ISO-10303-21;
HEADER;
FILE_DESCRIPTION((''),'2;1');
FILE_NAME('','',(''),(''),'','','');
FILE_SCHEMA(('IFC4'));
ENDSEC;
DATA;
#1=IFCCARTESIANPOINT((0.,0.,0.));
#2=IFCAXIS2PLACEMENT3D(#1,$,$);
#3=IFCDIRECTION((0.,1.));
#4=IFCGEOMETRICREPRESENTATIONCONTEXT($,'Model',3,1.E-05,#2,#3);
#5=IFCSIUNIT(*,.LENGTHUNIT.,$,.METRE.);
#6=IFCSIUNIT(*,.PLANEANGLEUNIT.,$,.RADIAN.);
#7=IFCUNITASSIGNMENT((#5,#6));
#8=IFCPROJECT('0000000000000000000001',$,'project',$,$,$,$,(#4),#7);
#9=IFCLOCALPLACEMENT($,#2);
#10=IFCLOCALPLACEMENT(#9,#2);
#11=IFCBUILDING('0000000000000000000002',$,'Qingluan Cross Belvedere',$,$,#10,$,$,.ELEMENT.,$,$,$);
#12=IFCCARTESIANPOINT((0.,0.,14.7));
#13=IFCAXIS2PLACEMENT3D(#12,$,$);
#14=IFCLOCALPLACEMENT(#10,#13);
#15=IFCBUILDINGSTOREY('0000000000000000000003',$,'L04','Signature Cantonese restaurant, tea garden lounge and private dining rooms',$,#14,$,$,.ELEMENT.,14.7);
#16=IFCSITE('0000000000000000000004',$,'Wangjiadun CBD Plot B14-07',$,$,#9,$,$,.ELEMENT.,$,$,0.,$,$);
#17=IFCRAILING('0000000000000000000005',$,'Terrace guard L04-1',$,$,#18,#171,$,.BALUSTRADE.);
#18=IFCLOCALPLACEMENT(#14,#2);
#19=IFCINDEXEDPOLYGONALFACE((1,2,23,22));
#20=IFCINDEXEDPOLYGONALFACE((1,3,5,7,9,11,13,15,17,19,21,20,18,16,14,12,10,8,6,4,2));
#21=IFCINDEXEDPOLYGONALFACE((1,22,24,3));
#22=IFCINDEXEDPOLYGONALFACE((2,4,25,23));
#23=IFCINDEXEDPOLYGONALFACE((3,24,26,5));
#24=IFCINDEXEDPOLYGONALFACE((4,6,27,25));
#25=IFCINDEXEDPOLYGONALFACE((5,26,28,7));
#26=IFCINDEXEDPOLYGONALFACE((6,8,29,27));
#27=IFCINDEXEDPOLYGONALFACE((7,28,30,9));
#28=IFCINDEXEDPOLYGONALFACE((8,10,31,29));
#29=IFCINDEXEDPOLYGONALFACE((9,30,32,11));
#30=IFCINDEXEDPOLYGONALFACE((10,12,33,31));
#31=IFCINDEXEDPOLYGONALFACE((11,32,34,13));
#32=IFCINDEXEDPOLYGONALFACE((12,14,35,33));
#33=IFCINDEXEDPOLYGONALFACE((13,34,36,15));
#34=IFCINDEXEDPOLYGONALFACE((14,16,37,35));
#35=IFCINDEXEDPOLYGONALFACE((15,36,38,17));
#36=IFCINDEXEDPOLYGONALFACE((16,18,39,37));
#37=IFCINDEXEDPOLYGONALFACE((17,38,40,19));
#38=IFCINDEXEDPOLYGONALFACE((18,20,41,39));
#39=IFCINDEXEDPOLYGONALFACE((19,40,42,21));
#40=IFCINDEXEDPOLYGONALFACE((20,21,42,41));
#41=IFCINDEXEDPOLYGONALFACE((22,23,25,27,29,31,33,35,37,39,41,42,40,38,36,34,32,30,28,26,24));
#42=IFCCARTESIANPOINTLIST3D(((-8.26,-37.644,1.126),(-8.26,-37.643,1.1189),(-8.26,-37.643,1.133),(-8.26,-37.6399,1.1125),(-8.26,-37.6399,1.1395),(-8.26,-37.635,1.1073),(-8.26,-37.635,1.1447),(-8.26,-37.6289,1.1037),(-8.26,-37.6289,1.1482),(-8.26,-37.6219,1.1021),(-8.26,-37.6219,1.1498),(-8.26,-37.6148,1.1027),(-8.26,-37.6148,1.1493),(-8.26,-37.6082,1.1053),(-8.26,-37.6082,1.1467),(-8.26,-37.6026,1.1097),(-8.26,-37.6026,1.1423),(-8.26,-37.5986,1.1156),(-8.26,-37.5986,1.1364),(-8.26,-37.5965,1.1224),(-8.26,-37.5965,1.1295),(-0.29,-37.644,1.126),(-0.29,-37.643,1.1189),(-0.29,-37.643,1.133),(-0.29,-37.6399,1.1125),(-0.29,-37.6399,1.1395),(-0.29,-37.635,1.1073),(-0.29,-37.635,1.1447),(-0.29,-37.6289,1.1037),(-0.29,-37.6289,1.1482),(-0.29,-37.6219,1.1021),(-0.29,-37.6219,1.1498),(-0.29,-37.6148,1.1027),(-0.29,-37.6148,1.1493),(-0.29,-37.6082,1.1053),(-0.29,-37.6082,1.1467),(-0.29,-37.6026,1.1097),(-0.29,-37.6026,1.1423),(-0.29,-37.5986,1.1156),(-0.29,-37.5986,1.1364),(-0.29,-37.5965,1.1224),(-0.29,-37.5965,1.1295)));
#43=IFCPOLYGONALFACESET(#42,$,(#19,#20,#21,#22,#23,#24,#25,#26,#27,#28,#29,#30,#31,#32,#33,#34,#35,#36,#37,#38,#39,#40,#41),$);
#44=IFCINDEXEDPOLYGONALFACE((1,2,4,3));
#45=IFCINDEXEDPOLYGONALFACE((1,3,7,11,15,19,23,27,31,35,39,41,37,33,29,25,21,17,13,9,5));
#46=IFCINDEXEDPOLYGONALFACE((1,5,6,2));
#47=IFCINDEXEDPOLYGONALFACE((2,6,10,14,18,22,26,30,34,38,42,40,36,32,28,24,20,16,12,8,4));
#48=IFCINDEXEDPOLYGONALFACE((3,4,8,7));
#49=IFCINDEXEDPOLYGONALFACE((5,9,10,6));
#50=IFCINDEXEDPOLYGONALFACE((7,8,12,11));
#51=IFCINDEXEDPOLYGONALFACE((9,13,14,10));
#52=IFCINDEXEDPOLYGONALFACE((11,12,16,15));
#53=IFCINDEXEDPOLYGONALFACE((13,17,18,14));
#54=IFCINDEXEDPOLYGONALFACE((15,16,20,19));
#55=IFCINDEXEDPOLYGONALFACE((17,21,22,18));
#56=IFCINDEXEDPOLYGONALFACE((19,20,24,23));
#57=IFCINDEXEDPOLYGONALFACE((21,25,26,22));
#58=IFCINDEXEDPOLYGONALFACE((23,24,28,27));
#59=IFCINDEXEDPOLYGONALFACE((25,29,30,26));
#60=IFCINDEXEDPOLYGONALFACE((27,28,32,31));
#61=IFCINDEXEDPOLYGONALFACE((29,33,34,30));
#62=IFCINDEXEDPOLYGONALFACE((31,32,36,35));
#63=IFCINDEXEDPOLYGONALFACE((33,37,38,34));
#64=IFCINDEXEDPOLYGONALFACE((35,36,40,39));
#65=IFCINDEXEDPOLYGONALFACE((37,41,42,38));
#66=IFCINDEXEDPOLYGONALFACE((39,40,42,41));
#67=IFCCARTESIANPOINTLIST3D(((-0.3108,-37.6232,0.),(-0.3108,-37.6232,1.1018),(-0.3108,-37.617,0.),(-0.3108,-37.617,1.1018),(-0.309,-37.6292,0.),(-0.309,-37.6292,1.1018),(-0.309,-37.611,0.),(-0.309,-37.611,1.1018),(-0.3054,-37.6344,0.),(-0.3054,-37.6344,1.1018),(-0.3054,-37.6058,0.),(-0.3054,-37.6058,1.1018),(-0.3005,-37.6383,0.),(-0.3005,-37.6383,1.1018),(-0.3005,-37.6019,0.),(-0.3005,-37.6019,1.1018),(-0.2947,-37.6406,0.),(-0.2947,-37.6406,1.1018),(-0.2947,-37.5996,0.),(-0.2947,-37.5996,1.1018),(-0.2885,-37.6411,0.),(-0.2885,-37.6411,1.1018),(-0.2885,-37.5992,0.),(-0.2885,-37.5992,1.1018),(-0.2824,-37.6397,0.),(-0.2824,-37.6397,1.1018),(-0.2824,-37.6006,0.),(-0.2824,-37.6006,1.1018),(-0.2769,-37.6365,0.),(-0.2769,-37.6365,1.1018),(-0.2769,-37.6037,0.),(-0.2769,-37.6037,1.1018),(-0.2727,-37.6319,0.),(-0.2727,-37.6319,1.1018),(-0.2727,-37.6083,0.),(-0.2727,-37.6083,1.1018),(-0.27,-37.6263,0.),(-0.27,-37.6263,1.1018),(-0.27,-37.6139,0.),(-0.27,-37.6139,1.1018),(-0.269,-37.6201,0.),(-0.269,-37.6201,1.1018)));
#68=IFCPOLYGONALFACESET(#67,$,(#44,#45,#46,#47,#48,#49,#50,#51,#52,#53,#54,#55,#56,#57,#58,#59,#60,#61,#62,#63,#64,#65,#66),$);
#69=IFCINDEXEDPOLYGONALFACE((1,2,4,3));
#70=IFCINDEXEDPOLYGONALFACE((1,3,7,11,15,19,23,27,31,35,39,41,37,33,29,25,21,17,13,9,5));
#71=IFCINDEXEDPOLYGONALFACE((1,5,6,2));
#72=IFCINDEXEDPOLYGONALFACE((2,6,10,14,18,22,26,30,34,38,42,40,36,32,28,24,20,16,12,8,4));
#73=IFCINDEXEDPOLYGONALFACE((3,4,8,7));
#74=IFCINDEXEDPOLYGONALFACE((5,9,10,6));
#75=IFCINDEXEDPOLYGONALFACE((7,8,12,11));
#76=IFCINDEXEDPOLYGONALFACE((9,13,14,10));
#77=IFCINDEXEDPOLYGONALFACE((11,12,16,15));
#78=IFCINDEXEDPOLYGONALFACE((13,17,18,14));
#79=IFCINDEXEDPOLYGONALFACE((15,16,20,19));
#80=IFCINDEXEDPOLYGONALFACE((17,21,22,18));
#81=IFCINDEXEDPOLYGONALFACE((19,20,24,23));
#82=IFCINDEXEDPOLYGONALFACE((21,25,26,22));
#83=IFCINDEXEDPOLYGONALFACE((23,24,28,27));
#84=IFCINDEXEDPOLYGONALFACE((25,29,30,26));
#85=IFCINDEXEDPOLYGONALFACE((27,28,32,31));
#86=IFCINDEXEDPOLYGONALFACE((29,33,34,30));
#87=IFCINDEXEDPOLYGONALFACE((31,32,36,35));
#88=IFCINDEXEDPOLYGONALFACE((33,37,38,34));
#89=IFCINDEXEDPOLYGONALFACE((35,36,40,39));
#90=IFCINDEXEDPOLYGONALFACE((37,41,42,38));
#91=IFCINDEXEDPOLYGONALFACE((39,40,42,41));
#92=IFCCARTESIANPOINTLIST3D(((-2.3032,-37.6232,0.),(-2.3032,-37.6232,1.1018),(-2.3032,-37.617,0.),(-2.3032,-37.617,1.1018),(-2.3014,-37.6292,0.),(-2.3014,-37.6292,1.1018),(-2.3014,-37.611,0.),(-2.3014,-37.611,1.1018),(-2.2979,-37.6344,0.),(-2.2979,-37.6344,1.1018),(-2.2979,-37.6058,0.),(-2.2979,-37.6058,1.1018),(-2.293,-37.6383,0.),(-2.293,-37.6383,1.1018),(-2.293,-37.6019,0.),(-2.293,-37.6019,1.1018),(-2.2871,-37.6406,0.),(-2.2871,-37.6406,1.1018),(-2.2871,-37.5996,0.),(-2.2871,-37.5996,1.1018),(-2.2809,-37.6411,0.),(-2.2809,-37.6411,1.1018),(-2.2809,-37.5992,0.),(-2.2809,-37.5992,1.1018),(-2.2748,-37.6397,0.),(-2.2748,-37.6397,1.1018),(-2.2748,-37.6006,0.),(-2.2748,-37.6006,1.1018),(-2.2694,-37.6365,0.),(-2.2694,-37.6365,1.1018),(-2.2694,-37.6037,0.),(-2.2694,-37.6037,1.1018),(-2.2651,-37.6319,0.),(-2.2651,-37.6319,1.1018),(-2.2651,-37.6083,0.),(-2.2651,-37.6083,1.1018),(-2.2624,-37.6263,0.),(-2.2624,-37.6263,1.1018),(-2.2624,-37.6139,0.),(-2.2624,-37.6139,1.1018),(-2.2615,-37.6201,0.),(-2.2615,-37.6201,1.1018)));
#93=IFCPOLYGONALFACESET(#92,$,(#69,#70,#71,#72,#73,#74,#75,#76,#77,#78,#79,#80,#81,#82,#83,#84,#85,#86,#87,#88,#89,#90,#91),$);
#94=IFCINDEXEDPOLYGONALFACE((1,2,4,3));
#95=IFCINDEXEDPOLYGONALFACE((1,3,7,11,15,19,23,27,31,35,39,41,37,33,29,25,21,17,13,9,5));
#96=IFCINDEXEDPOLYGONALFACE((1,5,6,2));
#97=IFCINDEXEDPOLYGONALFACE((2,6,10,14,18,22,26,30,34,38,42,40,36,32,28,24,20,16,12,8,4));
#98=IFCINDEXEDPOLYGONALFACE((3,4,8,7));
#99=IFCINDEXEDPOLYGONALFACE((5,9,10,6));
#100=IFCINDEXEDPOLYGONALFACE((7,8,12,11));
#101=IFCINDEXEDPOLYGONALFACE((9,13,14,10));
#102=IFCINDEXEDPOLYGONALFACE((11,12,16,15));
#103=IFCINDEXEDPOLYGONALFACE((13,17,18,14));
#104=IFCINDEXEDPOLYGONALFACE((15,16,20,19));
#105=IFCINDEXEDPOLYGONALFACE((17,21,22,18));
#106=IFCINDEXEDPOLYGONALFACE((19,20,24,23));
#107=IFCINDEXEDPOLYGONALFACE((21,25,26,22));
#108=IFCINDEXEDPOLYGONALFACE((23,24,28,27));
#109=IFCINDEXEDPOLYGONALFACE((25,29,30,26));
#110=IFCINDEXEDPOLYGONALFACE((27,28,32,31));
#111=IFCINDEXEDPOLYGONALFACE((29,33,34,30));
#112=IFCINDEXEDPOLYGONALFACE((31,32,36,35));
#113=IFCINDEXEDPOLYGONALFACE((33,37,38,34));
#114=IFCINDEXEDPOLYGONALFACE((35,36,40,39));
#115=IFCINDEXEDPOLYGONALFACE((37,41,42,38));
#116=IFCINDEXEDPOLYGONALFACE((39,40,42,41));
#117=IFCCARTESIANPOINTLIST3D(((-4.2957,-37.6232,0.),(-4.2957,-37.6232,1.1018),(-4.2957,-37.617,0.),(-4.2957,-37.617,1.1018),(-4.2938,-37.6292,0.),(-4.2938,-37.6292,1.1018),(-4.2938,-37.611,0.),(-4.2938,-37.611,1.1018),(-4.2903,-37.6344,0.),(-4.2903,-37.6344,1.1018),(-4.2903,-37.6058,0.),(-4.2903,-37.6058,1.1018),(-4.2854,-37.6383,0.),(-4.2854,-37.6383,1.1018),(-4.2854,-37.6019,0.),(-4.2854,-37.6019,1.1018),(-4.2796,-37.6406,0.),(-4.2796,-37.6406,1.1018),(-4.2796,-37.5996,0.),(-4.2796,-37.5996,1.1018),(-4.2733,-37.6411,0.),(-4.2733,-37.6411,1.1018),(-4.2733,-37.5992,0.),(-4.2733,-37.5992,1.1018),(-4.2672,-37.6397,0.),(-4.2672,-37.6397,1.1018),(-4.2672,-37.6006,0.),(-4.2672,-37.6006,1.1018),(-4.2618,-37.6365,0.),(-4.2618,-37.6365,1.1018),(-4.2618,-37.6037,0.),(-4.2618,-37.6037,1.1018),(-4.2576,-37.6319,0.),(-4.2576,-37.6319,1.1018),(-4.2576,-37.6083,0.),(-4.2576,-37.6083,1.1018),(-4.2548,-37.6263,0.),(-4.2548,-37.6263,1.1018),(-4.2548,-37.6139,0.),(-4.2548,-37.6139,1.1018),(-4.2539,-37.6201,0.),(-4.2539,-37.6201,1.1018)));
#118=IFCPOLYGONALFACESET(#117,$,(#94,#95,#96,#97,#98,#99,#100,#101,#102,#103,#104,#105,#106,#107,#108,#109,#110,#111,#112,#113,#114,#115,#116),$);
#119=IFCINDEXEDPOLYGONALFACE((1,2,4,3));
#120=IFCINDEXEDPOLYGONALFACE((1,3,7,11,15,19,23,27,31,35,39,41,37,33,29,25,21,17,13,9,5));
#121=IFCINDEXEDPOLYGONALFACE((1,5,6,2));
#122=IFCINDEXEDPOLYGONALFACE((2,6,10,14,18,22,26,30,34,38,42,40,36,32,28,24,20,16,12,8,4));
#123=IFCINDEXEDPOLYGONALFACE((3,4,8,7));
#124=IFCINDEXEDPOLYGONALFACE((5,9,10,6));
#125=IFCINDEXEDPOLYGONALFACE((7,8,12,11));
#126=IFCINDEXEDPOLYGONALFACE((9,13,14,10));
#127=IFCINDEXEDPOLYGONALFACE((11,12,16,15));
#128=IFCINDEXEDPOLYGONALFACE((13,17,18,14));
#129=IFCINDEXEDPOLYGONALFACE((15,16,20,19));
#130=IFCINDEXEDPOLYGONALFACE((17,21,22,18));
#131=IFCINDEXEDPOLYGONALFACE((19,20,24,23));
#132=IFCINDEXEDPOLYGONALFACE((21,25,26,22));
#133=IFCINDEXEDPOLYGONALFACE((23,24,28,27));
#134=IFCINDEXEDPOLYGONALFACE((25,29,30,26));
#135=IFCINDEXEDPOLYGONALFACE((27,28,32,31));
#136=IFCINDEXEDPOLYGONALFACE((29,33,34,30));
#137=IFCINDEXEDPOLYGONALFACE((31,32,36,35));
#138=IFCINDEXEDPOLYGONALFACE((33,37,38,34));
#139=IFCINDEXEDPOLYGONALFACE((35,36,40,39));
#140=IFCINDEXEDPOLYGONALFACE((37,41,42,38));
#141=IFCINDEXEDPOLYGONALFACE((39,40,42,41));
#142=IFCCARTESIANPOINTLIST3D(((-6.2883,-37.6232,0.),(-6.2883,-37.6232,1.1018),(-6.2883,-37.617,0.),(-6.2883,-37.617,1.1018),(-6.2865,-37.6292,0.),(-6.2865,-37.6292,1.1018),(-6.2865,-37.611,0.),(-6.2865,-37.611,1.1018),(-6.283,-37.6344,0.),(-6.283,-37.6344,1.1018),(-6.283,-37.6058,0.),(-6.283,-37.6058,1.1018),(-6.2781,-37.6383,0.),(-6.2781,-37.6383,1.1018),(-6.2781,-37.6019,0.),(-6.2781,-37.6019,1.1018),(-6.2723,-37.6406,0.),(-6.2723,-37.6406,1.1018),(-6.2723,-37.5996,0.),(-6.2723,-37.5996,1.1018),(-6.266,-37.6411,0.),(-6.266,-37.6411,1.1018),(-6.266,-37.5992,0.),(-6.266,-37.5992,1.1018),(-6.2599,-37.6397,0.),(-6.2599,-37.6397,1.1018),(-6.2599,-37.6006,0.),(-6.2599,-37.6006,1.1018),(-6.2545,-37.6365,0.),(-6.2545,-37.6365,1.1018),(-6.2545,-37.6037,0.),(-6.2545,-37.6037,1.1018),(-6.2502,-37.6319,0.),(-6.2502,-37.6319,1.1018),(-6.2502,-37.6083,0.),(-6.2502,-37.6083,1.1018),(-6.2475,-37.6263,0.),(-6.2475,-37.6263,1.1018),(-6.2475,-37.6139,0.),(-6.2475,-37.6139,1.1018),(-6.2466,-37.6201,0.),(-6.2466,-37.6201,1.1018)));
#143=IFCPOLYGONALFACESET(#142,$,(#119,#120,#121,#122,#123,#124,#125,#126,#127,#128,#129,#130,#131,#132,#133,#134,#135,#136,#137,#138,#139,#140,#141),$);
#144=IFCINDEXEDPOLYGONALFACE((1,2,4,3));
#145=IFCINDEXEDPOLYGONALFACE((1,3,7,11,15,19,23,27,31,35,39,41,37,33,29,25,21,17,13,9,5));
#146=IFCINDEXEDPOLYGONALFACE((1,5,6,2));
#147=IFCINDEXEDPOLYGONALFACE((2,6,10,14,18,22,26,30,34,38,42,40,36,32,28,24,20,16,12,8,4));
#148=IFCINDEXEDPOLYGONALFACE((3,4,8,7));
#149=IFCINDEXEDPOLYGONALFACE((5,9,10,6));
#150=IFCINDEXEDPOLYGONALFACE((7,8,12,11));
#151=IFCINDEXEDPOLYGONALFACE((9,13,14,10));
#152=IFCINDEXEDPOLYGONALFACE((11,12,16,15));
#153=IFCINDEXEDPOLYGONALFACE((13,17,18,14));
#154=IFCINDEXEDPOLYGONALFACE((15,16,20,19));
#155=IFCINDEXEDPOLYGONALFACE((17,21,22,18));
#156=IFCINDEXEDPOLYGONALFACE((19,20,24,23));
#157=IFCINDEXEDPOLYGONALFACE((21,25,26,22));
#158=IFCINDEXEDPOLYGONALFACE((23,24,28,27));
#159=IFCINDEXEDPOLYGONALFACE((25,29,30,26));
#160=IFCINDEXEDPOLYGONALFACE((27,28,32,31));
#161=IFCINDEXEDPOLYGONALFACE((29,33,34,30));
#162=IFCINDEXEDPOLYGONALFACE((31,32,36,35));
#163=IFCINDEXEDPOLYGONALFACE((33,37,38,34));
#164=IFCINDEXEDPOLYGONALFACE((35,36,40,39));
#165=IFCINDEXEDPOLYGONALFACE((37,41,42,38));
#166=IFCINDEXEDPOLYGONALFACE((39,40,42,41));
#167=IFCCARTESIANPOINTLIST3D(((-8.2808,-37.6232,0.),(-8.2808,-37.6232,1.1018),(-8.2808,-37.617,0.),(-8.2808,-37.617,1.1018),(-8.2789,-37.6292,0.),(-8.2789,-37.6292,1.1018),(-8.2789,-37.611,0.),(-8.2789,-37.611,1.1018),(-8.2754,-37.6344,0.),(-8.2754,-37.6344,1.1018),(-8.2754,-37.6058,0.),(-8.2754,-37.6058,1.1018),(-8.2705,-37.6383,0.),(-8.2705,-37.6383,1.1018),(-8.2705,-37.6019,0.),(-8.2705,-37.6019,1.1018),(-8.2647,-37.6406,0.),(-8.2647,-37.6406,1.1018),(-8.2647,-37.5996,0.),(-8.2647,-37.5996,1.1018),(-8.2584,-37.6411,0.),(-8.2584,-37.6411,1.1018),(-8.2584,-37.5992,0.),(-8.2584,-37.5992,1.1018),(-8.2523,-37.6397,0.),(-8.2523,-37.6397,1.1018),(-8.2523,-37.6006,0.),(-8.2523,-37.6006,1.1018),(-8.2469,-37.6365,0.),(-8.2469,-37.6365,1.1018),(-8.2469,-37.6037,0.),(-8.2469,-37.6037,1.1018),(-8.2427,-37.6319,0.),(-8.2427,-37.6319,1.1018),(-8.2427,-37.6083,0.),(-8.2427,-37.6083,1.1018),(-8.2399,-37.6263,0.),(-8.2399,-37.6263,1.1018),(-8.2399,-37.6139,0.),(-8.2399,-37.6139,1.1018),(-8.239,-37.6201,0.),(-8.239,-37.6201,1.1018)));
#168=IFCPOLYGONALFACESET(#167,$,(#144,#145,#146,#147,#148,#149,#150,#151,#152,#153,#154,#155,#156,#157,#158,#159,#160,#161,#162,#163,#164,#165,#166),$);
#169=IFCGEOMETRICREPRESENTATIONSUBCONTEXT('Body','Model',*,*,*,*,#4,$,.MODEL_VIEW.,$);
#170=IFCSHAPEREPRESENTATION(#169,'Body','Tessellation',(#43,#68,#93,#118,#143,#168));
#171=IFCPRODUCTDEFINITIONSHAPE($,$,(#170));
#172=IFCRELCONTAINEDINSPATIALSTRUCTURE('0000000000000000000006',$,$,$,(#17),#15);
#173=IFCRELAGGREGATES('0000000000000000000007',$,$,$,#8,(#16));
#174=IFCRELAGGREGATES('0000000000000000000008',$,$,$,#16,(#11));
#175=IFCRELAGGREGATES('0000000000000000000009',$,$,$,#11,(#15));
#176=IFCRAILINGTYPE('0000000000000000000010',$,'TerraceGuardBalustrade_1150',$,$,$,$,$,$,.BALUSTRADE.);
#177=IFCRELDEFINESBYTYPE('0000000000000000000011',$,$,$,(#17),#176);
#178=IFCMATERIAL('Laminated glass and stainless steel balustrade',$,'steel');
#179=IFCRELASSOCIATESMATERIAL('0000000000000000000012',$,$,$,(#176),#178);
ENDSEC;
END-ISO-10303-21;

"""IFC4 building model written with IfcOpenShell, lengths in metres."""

from ifc_helpers import new_model, si_unit, direction, frame, origin, origin_2d, place, context, subcontext, project, spatial, circle, extrude, material, type_object, element, save


model = new_model("IFC4")

# Units and contexts
model_context = context("Model", 3, precision=1e-05, world=origin(), true_north=direction((0.0, 1.0)))
body_context = subcontext(model_context, "Body", "Model", "MODEL_VIEW")
ifc_project = project(units=[si_unit("LENGTHUNIT", "METRE"), si_unit("PLANEANGLEUNIT", "RADIAN")], contexts=[model_context])

# Site, building, storey
site_placement = place(None, origin())
site = spatial("IfcSite", under=ifc_project, at=site_placement, Name="Wangjiadun CBD Plot B14-07", CompositionType="ELEMENT", RefElevation=0.0)
building_placement = place(site_placement, origin())
building = spatial("IfcBuilding", under=site, at=building_placement, Name="Qingluan Cross Belvedere", CompositionType="ELEMENT")
storey_placement = place(building_placement, frame((0.0, 0.0, 14.7)))
storey = spatial("IfcBuildingStorey", under=building, at=storey_placement, Name="L04", Description="Signature Cantonese restaurant, tea garden lounge and private dining rooms", CompositionType="ELEMENT", Elevation=14.7)

# Railing
ifc_material_1 = material(Name="Laminated glass and stainless steel balustrade", Category="steel")
railing_type = type_object("IfcRailingType", Name="TerraceGuardBalustrade_1150", PredefinedType="BALUSTRADE", material=ifc_material_1)
railing_placement = place(storey_placement, frame((-0.29, -37.6201, 0.0)))
element("IfcRailing", 1, at=railing_placement, inside=storey, type_object=railing_type, Name="Terrace guard L04-1", PredefinedType="BALUSTRADE", context=body_context, shape_type="SweptSolid", body=[
    extrude(circle(Radius=0.0239, at=origin_2d()), frame((0.0, 0.0, 1.126), z_axis=(-1.0, 0.0, 0.0), x_axis=(0.0, -1.0, 0.0)), (0.0, 0.0, 1.0), 7.97),
    extrude(circle(Radius=0.021, at=origin_2d()), origin(), (0.0, 0.0, 1.0), 1.1018),
    extrude(circle(Radius=0.021, at=origin_2d()), frame((-1.9924, 0.0, 0.0)), (0.0, 0.0, 1.0), 1.1018),
    extrude(circle(Radius=0.021, at=origin_2d()), frame((-3.9849, 0.0, 0.0)), (0.0, 0.0, 1.0), 1.1018),
    extrude(circle(Radius=0.021, at=origin_2d()), frame((-5.9775, 0.0, 0.0)), (0.0, 0.0, 1.0), 1.1018),
    extrude(circle(Radius=0.021, at=origin_2d()), frame((-7.97, 0.0, 0.0)), (0.0, 0.0, 1.0), 1.1018),
])

save(model, "model.ifc")
